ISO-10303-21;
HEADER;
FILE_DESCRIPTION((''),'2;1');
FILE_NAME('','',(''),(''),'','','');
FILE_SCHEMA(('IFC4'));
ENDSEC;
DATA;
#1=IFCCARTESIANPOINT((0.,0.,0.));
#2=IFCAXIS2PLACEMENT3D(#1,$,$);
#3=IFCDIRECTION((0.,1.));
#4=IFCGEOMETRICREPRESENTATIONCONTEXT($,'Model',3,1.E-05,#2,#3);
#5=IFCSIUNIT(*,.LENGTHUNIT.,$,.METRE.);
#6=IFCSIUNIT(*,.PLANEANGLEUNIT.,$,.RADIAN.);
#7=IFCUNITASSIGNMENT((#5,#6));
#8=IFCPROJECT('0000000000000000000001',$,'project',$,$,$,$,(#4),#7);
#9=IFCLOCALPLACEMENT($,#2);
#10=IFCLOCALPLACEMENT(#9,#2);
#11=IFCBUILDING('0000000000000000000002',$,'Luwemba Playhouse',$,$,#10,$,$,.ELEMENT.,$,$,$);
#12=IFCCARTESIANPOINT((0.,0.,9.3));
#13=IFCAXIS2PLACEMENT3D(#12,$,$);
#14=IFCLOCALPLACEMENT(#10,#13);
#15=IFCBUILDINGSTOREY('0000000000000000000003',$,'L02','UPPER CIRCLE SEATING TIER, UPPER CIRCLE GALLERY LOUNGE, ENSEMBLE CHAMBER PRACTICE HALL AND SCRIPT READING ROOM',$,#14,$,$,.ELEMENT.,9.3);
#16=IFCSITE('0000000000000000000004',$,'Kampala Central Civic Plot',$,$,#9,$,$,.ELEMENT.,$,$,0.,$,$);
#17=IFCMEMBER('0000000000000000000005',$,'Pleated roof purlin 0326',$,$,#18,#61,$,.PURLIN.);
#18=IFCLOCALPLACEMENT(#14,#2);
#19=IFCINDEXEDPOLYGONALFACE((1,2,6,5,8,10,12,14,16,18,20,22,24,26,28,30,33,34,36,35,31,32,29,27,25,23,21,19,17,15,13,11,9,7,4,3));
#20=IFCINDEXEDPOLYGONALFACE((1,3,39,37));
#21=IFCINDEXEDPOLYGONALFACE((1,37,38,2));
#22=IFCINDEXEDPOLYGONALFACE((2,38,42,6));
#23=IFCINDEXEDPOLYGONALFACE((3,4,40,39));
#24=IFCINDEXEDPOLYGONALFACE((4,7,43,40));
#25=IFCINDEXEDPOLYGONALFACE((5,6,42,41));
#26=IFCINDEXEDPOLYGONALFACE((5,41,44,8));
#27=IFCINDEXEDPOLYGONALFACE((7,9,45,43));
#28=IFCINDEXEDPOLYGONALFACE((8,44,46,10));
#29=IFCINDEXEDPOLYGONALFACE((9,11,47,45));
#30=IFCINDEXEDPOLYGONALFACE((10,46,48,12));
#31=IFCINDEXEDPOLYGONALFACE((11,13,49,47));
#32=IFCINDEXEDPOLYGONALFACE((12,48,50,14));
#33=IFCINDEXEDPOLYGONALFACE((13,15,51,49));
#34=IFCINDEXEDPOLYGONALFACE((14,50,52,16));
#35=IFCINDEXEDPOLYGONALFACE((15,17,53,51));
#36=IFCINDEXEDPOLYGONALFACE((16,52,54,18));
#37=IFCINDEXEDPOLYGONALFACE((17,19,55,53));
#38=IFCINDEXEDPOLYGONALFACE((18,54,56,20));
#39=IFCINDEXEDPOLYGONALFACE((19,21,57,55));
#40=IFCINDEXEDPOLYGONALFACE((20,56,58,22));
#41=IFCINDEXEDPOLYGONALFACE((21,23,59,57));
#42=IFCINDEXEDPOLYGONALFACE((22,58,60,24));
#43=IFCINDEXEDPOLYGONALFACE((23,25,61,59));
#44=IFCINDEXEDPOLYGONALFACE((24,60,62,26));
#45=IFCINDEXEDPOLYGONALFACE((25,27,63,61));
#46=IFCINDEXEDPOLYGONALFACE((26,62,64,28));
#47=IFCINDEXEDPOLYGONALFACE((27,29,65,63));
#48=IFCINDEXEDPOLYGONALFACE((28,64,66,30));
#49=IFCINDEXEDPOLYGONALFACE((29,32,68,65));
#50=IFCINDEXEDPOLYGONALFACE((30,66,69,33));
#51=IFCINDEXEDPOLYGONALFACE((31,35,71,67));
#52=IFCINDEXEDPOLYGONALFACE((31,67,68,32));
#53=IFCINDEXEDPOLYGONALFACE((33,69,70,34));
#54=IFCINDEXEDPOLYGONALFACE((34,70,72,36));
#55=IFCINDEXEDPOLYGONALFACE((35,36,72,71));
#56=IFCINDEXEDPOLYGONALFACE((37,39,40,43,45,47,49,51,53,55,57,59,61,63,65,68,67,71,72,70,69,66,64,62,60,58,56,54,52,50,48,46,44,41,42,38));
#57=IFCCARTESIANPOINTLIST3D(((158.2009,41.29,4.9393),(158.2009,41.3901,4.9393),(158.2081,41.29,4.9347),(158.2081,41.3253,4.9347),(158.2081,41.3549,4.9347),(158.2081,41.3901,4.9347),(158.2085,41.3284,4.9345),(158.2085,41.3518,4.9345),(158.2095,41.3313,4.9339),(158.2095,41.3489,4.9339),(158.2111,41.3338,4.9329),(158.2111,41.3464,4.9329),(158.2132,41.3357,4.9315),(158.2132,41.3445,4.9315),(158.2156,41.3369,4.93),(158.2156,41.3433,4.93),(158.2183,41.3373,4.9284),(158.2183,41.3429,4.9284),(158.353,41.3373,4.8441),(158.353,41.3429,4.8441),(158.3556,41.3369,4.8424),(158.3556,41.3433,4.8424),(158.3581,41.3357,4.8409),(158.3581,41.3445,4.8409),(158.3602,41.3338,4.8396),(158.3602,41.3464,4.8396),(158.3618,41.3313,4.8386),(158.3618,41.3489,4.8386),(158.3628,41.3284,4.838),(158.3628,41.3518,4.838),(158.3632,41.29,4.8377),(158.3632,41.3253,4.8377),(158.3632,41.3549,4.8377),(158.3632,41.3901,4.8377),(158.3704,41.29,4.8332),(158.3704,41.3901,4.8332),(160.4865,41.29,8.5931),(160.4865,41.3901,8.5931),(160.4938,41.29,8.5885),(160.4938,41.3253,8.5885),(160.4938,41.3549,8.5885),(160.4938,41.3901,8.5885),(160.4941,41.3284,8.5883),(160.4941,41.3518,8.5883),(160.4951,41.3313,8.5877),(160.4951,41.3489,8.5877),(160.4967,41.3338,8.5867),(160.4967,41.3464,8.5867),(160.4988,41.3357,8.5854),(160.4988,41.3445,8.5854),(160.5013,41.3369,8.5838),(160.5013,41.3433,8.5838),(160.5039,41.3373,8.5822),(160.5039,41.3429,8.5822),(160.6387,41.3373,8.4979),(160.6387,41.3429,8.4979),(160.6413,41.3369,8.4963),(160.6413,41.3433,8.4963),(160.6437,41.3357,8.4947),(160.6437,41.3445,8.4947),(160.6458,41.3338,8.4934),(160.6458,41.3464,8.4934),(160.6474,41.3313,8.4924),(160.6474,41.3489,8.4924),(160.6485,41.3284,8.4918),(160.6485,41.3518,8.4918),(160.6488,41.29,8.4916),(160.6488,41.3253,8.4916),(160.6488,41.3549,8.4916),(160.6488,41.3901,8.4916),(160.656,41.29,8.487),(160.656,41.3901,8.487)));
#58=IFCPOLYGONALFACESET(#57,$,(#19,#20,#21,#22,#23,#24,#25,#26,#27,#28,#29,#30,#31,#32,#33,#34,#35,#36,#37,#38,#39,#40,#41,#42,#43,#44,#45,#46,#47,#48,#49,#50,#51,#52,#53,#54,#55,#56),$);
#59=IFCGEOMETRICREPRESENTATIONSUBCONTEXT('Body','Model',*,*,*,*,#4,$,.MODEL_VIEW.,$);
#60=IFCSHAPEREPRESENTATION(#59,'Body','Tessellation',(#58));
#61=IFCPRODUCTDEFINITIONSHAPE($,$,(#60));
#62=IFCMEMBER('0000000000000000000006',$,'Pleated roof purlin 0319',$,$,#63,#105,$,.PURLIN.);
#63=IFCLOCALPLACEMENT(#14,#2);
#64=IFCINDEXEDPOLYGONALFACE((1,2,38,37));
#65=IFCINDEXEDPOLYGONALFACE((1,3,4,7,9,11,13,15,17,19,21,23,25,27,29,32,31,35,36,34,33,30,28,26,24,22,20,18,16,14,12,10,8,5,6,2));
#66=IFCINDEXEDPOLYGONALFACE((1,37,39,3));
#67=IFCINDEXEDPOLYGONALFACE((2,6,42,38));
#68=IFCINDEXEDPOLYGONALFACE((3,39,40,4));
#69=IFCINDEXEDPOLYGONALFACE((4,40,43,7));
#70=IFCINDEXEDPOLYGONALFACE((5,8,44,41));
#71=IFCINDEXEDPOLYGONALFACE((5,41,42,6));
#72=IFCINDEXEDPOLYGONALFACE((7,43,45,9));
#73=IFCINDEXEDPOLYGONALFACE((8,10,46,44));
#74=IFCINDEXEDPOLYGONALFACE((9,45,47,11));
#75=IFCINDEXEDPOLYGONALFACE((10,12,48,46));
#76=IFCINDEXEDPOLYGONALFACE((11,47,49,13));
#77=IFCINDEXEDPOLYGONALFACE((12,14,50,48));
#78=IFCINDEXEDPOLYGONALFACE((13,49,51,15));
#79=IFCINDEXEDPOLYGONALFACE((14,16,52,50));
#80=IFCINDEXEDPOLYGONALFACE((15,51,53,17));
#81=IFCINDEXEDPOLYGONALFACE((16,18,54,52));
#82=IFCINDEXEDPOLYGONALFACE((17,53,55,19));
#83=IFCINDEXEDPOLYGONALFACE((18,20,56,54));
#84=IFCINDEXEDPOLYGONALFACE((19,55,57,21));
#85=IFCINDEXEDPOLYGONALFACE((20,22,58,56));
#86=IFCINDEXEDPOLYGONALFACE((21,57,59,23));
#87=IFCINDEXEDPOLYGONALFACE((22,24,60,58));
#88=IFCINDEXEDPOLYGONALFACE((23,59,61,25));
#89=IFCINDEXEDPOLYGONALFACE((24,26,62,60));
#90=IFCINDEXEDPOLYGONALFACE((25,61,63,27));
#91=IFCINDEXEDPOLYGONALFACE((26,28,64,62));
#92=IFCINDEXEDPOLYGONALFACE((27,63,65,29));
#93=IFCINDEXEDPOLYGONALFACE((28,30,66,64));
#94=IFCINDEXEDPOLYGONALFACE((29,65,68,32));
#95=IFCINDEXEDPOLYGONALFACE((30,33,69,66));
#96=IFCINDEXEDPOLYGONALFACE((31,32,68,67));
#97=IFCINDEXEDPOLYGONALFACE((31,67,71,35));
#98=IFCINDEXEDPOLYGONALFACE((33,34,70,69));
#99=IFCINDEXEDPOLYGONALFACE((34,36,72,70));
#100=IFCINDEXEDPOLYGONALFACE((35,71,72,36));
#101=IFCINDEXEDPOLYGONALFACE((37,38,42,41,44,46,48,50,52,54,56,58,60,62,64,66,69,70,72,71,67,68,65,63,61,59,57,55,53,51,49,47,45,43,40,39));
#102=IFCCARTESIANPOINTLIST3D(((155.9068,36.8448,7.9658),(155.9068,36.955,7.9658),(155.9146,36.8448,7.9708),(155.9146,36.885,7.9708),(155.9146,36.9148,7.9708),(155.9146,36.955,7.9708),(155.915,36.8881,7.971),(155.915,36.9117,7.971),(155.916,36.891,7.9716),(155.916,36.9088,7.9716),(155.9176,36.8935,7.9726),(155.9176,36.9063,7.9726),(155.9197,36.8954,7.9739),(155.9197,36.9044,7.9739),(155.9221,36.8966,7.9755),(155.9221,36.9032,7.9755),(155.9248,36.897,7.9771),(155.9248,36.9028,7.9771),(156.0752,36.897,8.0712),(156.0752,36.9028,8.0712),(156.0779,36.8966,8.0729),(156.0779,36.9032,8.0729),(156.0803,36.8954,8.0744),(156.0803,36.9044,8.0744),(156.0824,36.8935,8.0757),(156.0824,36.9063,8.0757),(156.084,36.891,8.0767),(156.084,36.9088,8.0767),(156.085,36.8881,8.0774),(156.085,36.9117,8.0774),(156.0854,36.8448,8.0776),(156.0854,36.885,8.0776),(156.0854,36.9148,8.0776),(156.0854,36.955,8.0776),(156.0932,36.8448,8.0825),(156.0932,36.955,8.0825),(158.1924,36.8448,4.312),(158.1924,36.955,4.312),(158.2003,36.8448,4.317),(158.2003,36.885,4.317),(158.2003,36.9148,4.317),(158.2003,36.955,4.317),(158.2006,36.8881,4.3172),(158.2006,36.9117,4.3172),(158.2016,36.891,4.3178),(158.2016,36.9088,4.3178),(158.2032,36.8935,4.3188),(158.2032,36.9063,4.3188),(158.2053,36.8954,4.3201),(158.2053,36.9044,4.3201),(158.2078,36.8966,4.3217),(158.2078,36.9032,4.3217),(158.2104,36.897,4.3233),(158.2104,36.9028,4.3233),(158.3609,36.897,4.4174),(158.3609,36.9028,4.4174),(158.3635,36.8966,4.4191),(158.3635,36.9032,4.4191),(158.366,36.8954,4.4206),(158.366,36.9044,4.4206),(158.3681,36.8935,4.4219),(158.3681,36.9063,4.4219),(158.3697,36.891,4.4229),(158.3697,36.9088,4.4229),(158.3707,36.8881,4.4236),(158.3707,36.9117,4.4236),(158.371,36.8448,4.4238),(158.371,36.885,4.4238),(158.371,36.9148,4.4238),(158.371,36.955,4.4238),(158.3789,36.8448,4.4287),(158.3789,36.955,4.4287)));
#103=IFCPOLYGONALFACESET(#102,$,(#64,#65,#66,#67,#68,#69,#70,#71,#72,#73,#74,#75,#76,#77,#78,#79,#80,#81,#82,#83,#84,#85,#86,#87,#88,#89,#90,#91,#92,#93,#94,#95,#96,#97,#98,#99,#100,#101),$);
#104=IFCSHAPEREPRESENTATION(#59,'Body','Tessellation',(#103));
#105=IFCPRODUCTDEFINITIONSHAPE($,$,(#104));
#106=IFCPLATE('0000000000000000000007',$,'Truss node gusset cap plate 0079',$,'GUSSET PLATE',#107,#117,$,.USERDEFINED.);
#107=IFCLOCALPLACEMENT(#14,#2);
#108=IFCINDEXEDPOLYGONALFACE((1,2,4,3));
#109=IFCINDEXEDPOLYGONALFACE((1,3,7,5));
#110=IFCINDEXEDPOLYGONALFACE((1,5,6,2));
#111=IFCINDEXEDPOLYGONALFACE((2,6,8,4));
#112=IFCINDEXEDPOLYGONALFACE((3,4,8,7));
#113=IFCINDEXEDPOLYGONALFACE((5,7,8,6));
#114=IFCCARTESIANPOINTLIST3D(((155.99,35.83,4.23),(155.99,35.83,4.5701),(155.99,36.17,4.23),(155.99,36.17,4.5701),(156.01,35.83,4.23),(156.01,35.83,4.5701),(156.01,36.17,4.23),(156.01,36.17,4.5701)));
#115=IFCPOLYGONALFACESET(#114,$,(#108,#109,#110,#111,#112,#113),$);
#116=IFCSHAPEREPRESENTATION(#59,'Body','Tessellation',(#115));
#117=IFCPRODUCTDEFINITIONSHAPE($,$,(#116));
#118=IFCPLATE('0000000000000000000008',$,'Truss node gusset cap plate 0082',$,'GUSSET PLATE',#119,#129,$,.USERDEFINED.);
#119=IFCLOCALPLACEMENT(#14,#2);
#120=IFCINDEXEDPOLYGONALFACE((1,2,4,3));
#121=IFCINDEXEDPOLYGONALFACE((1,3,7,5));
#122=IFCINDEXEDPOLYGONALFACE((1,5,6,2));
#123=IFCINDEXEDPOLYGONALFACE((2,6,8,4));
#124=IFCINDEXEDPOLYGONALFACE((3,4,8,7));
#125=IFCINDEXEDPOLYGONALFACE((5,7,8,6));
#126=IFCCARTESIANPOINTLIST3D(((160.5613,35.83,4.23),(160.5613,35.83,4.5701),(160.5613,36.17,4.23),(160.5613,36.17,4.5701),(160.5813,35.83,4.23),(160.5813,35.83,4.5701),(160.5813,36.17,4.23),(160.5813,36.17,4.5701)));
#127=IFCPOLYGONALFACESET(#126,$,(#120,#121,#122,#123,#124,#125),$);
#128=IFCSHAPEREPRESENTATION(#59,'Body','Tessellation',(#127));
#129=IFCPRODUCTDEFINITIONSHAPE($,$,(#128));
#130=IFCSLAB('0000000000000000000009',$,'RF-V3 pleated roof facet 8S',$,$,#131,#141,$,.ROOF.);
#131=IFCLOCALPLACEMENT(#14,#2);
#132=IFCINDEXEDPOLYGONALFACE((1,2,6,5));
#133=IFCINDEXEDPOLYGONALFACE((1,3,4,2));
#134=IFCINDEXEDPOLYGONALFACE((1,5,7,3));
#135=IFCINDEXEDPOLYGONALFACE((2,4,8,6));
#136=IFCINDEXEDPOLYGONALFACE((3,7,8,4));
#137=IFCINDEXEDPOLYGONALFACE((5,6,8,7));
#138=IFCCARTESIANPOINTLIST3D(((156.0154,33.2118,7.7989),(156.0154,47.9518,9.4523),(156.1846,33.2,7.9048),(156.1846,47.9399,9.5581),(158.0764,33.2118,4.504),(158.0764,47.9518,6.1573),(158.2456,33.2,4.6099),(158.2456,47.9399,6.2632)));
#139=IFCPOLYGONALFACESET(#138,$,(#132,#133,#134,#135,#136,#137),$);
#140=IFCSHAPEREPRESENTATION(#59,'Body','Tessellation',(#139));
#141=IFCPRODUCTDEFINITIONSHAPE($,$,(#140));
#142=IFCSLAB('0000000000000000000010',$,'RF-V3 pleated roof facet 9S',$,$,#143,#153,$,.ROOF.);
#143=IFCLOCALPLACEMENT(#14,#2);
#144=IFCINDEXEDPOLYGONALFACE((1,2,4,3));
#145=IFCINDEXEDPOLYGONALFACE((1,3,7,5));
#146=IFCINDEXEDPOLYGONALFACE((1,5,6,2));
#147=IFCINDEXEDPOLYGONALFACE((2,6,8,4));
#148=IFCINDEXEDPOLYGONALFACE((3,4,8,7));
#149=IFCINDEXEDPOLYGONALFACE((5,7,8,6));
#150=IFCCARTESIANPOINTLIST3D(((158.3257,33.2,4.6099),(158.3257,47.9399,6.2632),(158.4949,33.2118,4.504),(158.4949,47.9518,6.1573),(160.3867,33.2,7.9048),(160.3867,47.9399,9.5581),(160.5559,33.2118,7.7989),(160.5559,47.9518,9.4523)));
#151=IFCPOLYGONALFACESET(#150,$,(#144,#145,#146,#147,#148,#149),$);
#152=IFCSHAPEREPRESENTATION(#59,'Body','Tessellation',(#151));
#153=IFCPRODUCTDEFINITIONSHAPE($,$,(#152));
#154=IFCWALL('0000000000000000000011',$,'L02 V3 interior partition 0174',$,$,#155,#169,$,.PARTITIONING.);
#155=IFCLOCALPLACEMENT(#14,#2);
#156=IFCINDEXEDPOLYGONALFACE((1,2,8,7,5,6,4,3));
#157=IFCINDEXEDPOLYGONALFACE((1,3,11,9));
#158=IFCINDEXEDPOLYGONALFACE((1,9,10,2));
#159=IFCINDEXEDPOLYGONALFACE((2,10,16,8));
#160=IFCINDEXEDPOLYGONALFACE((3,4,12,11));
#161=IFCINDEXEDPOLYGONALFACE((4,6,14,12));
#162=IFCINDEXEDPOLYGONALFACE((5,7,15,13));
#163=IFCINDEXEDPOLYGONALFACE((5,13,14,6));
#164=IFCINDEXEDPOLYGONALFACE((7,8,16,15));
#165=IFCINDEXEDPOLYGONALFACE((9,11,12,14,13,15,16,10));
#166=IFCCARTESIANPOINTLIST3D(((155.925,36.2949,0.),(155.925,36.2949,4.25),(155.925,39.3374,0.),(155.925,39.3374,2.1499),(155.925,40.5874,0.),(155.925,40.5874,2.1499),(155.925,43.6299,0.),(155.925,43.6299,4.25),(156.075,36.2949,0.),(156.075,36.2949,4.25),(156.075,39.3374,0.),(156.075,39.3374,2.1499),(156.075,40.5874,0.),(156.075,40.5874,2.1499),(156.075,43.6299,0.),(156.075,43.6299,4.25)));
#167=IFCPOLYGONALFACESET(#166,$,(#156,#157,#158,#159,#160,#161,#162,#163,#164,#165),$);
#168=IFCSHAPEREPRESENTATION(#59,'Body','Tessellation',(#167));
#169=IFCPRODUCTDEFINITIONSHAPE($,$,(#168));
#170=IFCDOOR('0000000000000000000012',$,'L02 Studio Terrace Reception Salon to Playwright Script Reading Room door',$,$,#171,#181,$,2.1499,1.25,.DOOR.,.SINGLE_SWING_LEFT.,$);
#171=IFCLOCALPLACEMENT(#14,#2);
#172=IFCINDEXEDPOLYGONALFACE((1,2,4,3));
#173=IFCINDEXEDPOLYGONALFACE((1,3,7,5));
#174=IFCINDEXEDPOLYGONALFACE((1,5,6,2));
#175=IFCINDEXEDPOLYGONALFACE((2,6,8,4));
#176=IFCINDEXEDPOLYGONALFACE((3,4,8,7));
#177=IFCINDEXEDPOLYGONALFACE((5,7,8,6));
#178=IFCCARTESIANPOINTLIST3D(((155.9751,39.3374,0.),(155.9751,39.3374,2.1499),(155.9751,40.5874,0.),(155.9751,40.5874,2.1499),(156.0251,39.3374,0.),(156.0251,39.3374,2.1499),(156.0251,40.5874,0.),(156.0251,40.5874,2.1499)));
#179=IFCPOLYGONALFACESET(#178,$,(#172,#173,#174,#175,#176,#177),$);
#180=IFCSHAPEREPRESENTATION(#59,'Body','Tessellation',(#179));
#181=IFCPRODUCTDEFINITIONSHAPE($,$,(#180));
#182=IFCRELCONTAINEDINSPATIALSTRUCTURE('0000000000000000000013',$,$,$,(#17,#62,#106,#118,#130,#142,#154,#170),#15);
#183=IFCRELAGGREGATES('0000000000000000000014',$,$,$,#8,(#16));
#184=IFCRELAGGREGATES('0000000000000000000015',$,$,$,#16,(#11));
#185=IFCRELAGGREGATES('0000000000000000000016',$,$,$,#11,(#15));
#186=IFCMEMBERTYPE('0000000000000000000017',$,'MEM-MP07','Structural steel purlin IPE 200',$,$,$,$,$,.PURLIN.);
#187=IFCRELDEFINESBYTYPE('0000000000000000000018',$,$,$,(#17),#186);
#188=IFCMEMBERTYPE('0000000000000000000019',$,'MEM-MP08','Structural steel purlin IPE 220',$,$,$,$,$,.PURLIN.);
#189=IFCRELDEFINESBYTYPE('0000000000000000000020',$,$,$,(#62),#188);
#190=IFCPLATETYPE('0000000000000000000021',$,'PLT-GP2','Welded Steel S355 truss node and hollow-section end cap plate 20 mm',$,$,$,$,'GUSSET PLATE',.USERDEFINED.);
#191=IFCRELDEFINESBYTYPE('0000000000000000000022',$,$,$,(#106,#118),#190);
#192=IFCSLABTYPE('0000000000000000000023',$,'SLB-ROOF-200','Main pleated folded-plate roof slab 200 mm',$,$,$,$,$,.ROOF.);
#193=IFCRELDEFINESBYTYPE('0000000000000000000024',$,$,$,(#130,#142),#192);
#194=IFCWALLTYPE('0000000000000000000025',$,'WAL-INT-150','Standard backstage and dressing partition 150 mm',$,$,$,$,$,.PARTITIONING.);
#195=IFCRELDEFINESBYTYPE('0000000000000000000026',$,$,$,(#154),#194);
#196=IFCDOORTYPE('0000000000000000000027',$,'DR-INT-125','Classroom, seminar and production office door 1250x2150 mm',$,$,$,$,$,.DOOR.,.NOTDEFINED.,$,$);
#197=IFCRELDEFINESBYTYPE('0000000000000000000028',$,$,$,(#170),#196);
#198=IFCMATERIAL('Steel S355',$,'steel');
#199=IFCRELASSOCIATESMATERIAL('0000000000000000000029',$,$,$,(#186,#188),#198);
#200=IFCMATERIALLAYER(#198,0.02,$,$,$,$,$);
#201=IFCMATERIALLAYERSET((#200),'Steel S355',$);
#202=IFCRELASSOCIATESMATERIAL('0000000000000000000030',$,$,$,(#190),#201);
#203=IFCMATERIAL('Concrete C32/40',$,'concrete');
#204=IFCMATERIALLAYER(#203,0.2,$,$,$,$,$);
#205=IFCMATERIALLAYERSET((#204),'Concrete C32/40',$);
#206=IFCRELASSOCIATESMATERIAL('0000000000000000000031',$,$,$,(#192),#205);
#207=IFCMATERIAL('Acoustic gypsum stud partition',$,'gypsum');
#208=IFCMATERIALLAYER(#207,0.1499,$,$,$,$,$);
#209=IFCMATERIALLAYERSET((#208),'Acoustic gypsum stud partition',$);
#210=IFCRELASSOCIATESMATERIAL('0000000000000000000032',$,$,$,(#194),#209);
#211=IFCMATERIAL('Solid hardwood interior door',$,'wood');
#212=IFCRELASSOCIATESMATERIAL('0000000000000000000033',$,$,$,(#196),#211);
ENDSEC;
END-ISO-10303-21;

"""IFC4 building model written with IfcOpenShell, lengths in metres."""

from ifc_helpers import new_model, si_unit, direction, frame, frame_2d, origin, origin_2d, place, context, subcontext, project, spatial, polyline, rectangle, i_section, outline, extrude, material, layer, layer_set, material_profile, profile_set, type_object, element, fill, save


model = new_model("IFC4")

# Units and contexts
model_context = context("Model", 3, precision=1e-05, world=origin(), true_north=direction((0.0, 1.0)))
body_context = subcontext(model_context, "Body", "Model", "MODEL_VIEW")
ifc_project = project(units=[si_unit("LENGTHUNIT", "METRE"), si_unit("PLANEANGLEUNIT", "RADIAN")], contexts=[model_context])

# Site, building, storey
site_placement = place(None, origin())
site = spatial("IfcSite", under=ifc_project, at=site_placement, Name="Kampala Central Civic Plot", CompositionType="ELEMENT", RefElevation=0.0)
building_placement = place(site_placement, origin())
building = spatial("IfcBuilding", under=site, at=building_placement, Name="Luwemba Playhouse", CompositionType="ELEMENT")
storey_placement = place(building_placement, frame((0.0, 0.0, 9.3)))
storey = spatial("IfcBuildingStorey", under=building, at=storey_placement, Name="L02", Description="UPPER CIRCLE SEATING TIER, UPPER CIRCLE GALLERY LOUNGE, ENSEMBLE CHAMBER PRACTICE HALL AND SCRIPT READING ROOM", CompositionType="ELEMENT", Elevation=9.3)

# Shared definitions
ifc_material_1 = material(Name="Steel S355", Category="steel")

# Members
ifc_material_profile_1 = material_profile(ifc_material_1, i_section(OverallWidth=0.1001, OverallDepth=0.2, WebThickness=0.0056, FlangeThickness=0.0085, FilletRadius=0.012, at=origin_2d()))
ifc_profile_set_1 = profile_set([ifc_material_profile_1], Name="Steel S355")
member_type_1 = type_object("IfcMemberType", Name="MEM-MP07", Description="Structural steel purlin IPE 200", PredefinedType="PURLIN", material=ifc_profile_set_1)
member_1_placement = place(storey_placement, frame((158.2856, 41.3401, 4.8862), z_axis=(0.530335, 0.0, 0.847788), x_axis=(0.0, 1.0, 0.0)))
element("IfcMember", 1, at=member_1_placement, inside=storey, type_object=member_type_1, Name="Pleated roof purlin 0326", PredefinedType="PURLIN", context=body_context, shape_type="SweptSolid", body=[
    extrude(i_section(OverallWidth=0.1001, OverallDepth=0.2, WebThickness=0.0056, FlangeThickness=0.0085, FilletRadius=0.012, at=origin_2d()), origin(), (0.0, 0.0, 1.0), 4.3098),
])
ifc_material_profile_2 = material_profile(ifc_material_1, i_section(OverallWidth=0.1101, OverallDepth=0.22, WebThickness=0.0059, FlangeThickness=0.0093, FilletRadius=0.012, at=origin_2d()))
ifc_profile_set_2 = profile_set([ifc_material_profile_2], Name="Steel S355")
member_type_2 = type_object("IfcMemberType", Name="MEM-MP08", Description="Structural steel purlin IPE 220", PredefinedType="PURLIN", material=ifc_profile_set_2)
member_2_placement = place(storey_placement, frame((156.0, 36.8999, 8.0242), z_axis=(0.530335, 0.0, -0.847788), x_axis=(0.0, 1.0, 0.0)))
element("IfcMember", 2, at=member_2_placement, inside=storey, type_object=member_type_2, Name="Pleated roof purlin 0319", PredefinedType="PURLIN", context=body_context, shape_type="SweptSolid", body=[
    extrude(i_section(OverallWidth=0.1101, OverallDepth=0.22, WebThickness=0.0059, FlangeThickness=0.0093, FilletRadius=0.012, at=origin_2d()), origin(), (0.0, 0.0, 1.0), 4.3098),
])

# Plates
ifc_layer_1 = layer(ifc_material_1, 0.02)
ifc_layer_set_1 = layer_set([ifc_layer_1], Name="Steel S355")
plate_type = type_object("IfcPlateType", Name="PLT-GP2", Description="Welded Steel S355 truss node and hollow-section end cap plate 20 mm", ElementType="GUSSET PLATE", PredefinedType="USERDEFINED", material=ifc_layer_set_1)
for number, where, z_axis, x_axis, name in (
    (3, (156.0, 36.0, 4.23), (0.0, 0.0, 1.0), (1.0, 0.0, 0.0), "Truss node gusset cap plate 0079"),
    (4, (160.5713, 36.0, 4.23), (0.0, 0.0, 1.0), (1.0, 0.0, 0.0), "Truss node gusset cap plate 0082"),
):
    element("IfcPlate", number, at=place(storey_placement, frame(where, z_axis=z_axis, x_axis=x_axis)), inside=storey, type_object=plate_type, Name=name, ObjectType="GUSSET PLATE", PredefinedType="USERDEFINED", context=body_context, shape_type="SweptSolid", body=[
        extrude(rectangle(XDim=0.02, YDim=0.3401, at=origin_2d()), origin(), (0.0, 0.0, 1.0), 0.3401),
    ])

# Slabs
ifc_material_2 = material(Name="Concrete C32/40", Category="concrete")
ifc_layer_2 = layer(ifc_material_2, 0.2)
ifc_layer_set_2 = layer_set([ifc_layer_2], Name="Concrete C32/40")
slab_type = type_object("IfcSlabType", Name="SLB-ROOF-200", Description="Main pleated folded-plate roof slab 200 mm", PredefinedType="ROOF", material=ifc_layer_set_2)
slab_1_placement = place(storey_placement, frame((156.1846, 33.2, 7.9048), z_axis=(0.846305, -0.059378, 0.529379), x_axis=(0.530315, 0.0, -0.847801)))
element("IfcSlab", 5, at=slab_1_placement, inside=storey, type_object=slab_type, Name="RF-V3 pleated roof facet 8S", PredefinedType="ROOF", context=body_context, shape_type="SweptSolid", body=[
    extrude(outline(polyline([(0.0, 0.0), (3.8864, 0.0), (2.4847, 14.766), (-1.4017, 14.766), (0.0, 0.0)])), origin(), (0.0, 0.0, -1.0), 0.2),
])
slab_2_placement = place(storey_placement, frame((158.3257, 33.2, 4.6099), z_axis=(-0.846305, -0.059378, 0.529379), x_axis=(0.530315, 0.0, 0.847801)))
element("IfcSlab", 6, at=slab_2_placement, inside=storey, type_object=slab_type, Name="RF-V3 pleated roof facet 9S", PredefinedType="ROOF", context=body_context, shape_type="SweptSolid", body=[
    extrude(outline(polyline([(0.0, 0.0), (3.8864, 0.0), (5.2881, 14.766), (1.4017, 14.766), (0.0, 0.0)])), origin(), (0.0, 0.0, -1.0), 0.2),
])

# Wall, opening, door
ifc_material_3 = material(Name="Acoustic gypsum stud partition", Category="gypsum")
ifc_layer_3 = layer(ifc_material_3, 0.1499)
ifc_layer_set_3 = layer_set([ifc_layer_3], Name="Acoustic gypsum stud partition")
wall_type_1 = type_object("IfcWallType", Name="WAL-INT-150", Description="Standard backstage and dressing partition 150 mm", PredefinedType="PARTITIONING", material=ifc_layer_set_3)
wall_1_placement = place(storey_placement, frame((156.0, 36.2949, 0.0), z_axis=(0.0, 0.0, 1.0), x_axis=(0.0, 1.0, 0.0)))
wall_1 = element("IfcWall", 7, at=wall_1_placement, inside=storey, type_object=wall_type_1, Name="L02 V3 interior partition 0174", PredefinedType="PARTITIONING", context=body_context, shape_type="SweptSolid", body=[
    extrude(rectangle(XDim=7.335, YDim=0.1499, at=frame_2d((3.6675, 0.0))), origin(), (0.0, 0.0, 1.0), 4.25),
])
opening_1_placement = place(wall_1_placement, frame((3.0425, 0.0, 0.0)))
opening_1 = element("IfcOpeningElement", 8, at=opening_1_placement, cuts=wall_1, PredefinedType="OPENING", context=body_context, shape_type="SweptSolid", body=[
    extrude(rectangle(XDim=1.25, YDim=2.1499, at=frame_2d((0.625, 1.075))), frame((0.0, 0.085, 0.0), z_axis=(0.0, -1.0, 0.0), x_axis=(1.0, 0.0, 0.0)), (0.0, 0.0, 1.0), 0.1699),
])
ifc_material_4 = material(Name="Solid hardwood interior door", Category="wood")
door_type = type_object("IfcDoorType", Name="DR-INT-125", Description="Classroom, seminar and production office door 1250x2150 mm", OperationType="NOTDEFINED", PredefinedType="DOOR", material=ifc_material_4)
door_placement = place(opening_1_placement, origin())
door = element("IfcDoor", 9, at=door_placement, inside=storey, type_object=door_type, Name="L02 Studio Terrace Reception Salon to Playwright Script Reading Room door", OperationType="SINGLE_SWING_LEFT", OverallHeight=2.1499, OverallWidth=1.25, PredefinedType="DOOR", context=body_context, shape_type="SweptSolid", body=[
    extrude(rectangle(XDim=1.25, YDim=2.1499, at=frame_2d((0.625, 1.075))), frame((0.0, 0.0249, 0.0), z_axis=(0.0, -1.0, 0.0), x_axis=(1.0, 0.0, 0.0)), (0.0, 0.0, 1.0), 0.05),
])
fill(opening_1, door)

save(model, "model.ifc")
